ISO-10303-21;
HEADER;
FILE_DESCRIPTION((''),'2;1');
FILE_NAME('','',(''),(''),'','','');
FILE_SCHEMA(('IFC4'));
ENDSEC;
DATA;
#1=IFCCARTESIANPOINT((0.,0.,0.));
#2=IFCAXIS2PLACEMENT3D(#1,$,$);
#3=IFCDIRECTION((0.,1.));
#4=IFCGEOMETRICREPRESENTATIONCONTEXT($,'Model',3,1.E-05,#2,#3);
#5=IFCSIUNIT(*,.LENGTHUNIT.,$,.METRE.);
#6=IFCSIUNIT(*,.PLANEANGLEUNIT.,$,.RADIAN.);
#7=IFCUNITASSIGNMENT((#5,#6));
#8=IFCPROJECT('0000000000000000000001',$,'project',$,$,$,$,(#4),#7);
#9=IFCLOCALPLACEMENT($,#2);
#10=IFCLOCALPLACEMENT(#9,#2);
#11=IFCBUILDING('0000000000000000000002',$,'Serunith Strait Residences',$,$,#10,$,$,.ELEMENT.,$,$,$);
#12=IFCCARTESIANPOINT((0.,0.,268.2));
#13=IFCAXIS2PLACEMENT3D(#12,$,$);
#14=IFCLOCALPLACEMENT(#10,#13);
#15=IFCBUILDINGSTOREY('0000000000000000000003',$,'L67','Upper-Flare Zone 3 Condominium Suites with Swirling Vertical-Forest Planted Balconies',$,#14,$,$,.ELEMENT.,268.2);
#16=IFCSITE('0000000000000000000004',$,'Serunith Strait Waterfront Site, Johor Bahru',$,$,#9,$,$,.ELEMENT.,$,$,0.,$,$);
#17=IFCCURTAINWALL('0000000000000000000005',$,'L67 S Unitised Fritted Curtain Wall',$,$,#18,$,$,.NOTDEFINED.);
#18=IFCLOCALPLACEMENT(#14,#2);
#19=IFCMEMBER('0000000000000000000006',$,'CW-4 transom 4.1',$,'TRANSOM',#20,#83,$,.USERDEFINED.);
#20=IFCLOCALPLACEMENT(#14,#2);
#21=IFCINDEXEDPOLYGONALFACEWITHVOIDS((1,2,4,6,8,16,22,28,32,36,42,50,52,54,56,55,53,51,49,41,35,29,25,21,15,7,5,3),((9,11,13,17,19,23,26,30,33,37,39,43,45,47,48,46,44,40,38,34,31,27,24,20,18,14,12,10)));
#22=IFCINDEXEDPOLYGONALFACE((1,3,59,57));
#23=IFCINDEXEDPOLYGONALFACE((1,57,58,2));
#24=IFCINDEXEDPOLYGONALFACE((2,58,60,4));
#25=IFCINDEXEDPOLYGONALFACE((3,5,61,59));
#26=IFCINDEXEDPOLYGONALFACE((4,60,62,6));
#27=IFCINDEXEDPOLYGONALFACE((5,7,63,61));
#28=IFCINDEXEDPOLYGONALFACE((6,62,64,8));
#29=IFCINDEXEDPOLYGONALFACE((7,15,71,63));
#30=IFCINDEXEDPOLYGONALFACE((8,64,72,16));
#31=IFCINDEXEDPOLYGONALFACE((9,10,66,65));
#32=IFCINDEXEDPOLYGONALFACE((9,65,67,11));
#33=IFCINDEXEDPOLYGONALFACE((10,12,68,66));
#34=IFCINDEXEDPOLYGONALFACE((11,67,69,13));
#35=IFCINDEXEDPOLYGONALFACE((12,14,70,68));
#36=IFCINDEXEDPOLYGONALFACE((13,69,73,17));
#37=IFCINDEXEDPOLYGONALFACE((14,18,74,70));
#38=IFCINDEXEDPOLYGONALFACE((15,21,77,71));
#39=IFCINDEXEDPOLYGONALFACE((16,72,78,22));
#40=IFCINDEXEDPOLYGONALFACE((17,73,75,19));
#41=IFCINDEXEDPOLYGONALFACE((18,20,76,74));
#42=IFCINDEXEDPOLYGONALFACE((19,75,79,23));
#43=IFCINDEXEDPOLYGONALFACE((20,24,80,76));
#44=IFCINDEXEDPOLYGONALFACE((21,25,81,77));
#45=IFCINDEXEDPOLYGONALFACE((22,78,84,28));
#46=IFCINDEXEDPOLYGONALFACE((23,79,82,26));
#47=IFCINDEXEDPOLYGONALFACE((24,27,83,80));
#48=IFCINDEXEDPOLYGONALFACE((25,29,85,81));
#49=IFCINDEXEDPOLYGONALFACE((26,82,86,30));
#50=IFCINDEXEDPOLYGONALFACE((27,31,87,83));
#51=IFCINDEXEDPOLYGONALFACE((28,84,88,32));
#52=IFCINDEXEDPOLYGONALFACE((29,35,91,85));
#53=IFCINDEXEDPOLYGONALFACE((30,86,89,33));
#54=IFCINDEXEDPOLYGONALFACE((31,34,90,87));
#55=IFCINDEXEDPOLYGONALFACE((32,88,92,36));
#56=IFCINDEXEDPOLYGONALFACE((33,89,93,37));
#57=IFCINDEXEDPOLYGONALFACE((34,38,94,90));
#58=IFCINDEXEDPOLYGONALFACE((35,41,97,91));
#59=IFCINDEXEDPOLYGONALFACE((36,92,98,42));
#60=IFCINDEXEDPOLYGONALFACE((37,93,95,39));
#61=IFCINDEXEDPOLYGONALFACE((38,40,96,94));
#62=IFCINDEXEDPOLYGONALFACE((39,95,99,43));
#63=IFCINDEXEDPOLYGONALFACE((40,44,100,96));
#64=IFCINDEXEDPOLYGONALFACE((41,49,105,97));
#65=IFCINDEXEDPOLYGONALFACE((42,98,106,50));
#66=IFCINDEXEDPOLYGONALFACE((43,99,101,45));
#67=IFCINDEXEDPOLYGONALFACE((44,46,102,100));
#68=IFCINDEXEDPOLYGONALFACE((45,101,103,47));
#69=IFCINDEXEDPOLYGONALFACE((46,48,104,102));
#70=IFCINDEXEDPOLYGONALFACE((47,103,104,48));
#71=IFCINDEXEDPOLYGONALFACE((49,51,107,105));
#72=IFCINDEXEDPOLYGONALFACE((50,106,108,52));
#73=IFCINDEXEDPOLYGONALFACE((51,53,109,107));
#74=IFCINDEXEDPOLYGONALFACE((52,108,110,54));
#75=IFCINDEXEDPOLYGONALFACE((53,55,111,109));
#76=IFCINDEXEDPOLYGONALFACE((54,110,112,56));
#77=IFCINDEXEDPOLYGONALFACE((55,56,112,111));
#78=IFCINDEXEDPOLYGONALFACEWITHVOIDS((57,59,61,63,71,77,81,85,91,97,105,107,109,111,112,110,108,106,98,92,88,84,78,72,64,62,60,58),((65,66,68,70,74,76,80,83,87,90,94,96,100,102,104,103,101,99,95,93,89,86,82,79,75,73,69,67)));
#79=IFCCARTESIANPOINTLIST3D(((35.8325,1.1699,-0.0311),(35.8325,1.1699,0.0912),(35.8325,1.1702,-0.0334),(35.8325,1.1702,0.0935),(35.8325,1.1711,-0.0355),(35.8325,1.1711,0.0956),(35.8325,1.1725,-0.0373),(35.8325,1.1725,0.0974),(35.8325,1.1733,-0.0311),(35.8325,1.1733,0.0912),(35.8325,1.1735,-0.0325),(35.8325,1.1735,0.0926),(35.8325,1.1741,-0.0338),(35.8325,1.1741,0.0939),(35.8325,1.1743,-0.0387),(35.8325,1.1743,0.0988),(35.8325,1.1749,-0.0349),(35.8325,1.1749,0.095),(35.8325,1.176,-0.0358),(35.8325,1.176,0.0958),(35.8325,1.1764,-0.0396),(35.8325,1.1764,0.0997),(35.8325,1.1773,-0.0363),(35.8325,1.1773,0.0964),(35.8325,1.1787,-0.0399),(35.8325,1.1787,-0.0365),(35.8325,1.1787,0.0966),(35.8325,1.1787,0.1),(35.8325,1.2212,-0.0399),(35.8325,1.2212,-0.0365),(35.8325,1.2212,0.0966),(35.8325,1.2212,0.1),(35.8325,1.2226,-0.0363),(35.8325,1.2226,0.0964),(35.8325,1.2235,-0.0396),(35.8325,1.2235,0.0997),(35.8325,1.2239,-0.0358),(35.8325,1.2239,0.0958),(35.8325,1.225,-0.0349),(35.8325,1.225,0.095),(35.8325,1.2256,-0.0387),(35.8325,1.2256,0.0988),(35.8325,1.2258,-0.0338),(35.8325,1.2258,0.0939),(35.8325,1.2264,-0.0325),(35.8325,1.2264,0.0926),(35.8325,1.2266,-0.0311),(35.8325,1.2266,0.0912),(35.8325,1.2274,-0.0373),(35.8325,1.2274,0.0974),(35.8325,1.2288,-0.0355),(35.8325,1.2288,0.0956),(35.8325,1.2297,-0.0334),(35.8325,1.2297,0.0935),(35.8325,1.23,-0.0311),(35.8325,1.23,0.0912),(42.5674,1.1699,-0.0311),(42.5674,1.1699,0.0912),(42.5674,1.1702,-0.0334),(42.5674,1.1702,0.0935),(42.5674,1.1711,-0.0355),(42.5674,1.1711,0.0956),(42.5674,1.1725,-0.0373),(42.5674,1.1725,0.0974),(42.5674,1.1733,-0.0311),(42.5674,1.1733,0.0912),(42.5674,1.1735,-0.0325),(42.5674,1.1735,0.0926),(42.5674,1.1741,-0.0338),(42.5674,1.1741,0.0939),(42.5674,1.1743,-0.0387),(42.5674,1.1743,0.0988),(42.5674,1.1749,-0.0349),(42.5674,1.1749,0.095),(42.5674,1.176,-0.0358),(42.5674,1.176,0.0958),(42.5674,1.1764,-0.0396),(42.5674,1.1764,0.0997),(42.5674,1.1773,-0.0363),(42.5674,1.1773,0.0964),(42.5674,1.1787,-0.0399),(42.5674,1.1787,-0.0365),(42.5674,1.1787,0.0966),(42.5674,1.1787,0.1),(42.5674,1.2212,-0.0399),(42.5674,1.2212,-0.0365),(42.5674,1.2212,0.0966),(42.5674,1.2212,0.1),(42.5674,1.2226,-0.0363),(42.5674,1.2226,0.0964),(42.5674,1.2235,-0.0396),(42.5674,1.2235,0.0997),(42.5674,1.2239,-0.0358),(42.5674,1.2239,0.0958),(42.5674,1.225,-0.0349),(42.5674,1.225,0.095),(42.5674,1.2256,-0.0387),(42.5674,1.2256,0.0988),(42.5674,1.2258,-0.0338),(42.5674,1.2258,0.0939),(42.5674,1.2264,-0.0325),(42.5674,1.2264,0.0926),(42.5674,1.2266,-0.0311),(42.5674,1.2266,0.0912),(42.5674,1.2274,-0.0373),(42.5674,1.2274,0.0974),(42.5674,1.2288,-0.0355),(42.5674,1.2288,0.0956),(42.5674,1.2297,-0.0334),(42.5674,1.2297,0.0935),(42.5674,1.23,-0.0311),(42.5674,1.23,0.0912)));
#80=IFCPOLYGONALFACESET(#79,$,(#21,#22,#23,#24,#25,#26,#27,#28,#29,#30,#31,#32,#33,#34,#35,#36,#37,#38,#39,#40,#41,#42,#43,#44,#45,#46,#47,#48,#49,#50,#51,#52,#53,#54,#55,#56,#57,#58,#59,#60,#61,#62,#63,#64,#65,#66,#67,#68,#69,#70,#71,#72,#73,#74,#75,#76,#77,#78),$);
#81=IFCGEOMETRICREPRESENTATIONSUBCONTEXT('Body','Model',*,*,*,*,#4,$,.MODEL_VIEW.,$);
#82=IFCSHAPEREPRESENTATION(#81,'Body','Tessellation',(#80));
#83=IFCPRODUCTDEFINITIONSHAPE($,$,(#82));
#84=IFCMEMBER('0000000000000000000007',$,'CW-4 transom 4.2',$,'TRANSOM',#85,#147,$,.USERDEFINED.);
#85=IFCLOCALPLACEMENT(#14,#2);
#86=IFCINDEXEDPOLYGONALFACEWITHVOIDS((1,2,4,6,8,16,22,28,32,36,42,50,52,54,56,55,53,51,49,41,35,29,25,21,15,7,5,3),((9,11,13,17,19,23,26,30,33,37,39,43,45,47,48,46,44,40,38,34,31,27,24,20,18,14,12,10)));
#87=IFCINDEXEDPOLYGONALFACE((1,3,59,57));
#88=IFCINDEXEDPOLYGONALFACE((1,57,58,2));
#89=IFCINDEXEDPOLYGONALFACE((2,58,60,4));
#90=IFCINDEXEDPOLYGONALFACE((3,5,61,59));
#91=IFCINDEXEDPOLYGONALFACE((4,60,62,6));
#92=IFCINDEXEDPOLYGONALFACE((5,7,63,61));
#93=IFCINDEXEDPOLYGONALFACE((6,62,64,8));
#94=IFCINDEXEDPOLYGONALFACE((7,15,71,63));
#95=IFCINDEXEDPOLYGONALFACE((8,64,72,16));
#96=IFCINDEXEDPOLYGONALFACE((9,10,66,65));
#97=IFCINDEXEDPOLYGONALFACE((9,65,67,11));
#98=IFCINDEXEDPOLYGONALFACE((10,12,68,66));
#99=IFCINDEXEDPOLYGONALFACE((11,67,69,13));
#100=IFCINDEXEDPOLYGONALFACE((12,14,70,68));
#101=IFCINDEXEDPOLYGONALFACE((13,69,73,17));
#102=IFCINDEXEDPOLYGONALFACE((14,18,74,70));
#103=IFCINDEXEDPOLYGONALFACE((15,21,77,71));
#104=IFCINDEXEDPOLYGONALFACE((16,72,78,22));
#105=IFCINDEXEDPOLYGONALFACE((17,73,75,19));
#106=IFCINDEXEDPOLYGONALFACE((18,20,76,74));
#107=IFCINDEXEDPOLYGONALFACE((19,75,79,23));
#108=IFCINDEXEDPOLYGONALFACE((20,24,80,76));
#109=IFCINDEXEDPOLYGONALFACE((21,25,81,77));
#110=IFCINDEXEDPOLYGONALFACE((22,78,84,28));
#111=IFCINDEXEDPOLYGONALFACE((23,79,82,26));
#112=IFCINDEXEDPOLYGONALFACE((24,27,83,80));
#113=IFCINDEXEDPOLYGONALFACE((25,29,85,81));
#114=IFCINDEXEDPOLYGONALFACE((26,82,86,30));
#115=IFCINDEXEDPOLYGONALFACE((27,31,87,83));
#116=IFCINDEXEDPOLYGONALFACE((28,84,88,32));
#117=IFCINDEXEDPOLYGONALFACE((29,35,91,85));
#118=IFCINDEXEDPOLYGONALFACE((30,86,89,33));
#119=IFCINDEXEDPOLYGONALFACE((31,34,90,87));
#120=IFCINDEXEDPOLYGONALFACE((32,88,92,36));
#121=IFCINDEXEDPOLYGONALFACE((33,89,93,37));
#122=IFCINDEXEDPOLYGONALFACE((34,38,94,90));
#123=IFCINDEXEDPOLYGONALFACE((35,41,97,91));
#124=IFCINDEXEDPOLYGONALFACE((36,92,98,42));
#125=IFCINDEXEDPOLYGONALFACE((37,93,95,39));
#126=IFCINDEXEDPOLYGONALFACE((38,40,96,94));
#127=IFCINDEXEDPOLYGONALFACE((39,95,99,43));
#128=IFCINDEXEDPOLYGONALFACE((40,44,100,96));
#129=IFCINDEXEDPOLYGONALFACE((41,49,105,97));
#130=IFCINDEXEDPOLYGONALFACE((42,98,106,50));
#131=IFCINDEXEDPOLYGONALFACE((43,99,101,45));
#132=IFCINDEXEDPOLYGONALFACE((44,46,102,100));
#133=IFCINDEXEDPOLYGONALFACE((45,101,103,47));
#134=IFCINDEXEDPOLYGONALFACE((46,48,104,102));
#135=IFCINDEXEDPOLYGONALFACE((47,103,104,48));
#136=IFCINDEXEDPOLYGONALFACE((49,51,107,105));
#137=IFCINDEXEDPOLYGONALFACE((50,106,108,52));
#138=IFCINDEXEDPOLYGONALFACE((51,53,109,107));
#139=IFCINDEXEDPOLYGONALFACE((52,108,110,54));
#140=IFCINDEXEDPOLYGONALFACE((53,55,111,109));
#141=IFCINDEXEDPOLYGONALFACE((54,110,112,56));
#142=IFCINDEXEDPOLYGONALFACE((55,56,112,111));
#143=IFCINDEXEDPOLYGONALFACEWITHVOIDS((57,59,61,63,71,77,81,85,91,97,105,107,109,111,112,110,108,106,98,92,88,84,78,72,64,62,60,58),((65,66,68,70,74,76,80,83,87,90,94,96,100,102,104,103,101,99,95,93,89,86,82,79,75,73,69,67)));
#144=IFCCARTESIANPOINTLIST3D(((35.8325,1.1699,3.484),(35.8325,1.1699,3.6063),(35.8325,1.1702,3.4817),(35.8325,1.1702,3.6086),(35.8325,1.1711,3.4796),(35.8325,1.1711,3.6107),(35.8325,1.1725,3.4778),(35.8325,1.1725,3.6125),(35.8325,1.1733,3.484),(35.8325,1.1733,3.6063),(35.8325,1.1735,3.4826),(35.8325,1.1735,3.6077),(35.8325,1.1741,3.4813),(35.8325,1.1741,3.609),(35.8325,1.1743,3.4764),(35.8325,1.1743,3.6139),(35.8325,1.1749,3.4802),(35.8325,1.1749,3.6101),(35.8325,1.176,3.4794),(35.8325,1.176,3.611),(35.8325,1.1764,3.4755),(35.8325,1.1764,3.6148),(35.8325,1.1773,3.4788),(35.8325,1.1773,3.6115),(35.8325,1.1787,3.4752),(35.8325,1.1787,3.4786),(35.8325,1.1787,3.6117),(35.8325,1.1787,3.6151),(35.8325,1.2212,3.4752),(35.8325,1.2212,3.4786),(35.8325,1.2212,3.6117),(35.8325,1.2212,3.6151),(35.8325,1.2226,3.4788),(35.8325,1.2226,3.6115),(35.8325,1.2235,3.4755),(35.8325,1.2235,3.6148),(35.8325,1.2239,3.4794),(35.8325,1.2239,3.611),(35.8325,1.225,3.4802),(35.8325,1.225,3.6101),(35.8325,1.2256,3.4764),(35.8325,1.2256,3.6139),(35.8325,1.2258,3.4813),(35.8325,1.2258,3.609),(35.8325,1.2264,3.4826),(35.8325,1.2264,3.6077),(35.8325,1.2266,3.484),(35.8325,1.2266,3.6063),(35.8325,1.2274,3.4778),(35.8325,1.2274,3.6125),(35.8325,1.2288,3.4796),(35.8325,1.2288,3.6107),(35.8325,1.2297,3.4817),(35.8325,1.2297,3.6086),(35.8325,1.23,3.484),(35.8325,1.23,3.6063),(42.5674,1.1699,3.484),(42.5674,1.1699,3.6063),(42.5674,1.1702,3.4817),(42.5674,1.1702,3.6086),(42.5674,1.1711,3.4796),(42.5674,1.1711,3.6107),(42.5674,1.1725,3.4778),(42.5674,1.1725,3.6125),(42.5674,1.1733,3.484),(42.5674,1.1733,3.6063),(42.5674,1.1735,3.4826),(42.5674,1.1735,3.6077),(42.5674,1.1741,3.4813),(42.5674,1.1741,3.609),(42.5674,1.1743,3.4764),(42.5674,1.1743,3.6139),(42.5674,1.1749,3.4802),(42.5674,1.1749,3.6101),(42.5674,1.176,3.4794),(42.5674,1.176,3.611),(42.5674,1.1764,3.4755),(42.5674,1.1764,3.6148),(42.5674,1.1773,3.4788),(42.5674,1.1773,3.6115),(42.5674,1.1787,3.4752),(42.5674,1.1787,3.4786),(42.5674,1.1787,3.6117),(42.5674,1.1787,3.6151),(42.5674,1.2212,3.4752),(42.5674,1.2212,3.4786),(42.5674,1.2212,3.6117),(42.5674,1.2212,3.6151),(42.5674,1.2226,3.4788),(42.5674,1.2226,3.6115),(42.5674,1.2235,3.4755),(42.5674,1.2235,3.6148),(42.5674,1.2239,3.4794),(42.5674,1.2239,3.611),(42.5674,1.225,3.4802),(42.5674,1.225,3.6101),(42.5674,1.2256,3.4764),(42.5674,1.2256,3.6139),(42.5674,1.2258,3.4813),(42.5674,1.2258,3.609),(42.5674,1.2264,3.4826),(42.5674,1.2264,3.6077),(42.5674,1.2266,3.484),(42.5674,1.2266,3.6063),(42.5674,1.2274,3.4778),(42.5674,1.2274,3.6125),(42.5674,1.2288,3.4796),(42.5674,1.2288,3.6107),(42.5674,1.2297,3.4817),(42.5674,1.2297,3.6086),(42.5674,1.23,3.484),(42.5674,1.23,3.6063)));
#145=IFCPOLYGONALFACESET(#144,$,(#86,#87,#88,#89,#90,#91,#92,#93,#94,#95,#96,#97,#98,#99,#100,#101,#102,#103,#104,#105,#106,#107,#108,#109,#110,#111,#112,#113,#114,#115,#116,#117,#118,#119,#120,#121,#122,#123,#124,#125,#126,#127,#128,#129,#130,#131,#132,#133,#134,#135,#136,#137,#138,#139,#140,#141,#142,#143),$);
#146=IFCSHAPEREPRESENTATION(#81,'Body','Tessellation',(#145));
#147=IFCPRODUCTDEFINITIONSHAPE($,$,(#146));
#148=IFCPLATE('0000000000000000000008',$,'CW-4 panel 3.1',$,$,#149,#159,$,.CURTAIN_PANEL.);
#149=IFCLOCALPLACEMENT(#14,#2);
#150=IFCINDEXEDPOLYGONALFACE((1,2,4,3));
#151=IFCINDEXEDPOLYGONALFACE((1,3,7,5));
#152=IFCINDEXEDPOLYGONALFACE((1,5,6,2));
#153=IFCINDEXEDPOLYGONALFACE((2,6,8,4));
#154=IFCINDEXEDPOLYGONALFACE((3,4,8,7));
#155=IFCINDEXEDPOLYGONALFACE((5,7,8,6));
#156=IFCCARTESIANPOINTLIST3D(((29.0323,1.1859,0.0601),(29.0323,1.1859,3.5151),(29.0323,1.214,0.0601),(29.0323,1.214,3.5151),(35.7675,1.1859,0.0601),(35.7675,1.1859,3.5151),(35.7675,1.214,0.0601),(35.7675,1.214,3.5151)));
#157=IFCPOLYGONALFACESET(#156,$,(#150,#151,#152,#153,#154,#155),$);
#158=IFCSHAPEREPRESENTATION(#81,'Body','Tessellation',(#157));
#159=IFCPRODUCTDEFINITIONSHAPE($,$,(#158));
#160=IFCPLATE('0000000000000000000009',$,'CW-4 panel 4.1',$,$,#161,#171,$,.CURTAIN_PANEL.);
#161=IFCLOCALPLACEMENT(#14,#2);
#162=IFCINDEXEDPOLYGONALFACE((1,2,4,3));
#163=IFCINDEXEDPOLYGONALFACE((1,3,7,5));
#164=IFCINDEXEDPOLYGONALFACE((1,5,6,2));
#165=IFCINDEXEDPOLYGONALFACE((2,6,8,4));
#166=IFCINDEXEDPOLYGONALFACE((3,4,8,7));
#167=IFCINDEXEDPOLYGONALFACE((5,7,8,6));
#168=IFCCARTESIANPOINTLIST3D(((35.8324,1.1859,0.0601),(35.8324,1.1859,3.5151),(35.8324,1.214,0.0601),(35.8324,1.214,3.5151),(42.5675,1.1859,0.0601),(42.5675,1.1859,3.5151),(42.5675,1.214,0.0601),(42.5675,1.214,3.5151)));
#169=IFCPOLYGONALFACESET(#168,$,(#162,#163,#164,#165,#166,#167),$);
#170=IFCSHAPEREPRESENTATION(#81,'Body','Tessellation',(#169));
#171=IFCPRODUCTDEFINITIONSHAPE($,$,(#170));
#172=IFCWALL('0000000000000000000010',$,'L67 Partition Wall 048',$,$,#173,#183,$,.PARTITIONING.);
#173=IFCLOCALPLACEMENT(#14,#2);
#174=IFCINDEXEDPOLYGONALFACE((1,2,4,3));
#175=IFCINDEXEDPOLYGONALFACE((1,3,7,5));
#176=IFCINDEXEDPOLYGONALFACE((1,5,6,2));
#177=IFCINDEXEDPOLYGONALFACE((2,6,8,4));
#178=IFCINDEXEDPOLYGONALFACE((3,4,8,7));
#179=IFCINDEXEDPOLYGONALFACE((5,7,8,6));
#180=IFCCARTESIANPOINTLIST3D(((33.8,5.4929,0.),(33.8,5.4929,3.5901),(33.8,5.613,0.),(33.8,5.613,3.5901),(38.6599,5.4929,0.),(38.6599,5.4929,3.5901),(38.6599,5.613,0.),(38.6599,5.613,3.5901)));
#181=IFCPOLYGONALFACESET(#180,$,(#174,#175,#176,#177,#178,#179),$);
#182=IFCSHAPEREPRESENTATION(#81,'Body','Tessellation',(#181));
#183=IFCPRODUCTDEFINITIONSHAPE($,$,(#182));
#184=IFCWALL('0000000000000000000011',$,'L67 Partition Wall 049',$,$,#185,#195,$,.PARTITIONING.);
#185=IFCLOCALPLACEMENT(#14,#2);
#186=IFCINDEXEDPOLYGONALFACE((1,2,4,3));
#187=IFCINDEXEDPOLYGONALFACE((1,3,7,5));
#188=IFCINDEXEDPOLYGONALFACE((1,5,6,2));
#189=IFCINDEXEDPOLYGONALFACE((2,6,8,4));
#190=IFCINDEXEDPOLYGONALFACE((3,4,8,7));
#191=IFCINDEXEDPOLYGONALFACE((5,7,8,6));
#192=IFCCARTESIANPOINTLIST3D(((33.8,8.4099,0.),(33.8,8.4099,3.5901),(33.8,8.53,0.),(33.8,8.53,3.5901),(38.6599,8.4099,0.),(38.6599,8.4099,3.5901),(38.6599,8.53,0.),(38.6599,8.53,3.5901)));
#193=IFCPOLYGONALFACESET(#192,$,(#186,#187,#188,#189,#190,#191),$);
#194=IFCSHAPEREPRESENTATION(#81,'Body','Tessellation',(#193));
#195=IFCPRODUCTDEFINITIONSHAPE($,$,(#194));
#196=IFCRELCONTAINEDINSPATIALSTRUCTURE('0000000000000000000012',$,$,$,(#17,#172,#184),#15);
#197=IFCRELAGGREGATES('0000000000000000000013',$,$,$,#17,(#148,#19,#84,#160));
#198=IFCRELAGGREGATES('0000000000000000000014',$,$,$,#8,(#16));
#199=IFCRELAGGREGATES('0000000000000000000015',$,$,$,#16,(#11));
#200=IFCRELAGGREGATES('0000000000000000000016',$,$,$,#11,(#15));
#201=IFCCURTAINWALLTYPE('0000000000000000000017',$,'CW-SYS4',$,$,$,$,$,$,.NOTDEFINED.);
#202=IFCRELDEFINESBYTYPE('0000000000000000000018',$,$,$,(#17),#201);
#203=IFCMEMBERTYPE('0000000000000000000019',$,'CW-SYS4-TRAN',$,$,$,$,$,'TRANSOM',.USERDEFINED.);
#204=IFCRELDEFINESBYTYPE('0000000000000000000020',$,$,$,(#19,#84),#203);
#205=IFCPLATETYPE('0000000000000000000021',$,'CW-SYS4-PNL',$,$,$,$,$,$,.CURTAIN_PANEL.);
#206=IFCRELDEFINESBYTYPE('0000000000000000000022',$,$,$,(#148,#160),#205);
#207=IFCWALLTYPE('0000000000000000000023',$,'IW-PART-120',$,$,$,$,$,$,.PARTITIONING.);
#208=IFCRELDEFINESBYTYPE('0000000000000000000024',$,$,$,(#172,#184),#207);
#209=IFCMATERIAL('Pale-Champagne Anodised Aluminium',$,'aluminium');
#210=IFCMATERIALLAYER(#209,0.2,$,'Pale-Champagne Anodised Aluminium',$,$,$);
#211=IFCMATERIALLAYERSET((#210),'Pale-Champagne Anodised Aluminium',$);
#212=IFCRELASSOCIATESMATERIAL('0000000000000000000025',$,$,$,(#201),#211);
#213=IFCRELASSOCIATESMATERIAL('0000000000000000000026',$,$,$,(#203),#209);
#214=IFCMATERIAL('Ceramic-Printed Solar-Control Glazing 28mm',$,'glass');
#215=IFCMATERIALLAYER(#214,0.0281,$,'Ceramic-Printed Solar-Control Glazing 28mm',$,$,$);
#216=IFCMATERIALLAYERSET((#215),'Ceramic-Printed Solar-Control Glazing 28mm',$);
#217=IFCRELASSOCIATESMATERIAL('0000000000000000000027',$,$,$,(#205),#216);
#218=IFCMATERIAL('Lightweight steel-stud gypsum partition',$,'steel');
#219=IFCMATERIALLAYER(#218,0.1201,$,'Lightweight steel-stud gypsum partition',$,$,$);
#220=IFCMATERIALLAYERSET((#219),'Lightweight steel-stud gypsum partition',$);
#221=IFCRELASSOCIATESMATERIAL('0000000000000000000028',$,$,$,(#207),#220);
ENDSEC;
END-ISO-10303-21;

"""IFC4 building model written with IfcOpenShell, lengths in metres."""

from ifc_helpers import new_model, si_unit, direction, frame, frame_2d, origin, origin_2d, place, context, subcontext, project, spatial, rectangle, hollow_rectangle, extrude, source, transform, mapped, material, layer, layer_set, material_profile, profile_set, type_object, element, aggregate, save


model = new_model("IFC4")

# Units and contexts
model_context = context("Model", 3, precision=1e-05, world=origin(), true_north=direction((0.0, 1.0)))
body_context = subcontext(model_context, "Body", "Model", "MODEL_VIEW")
ifc_project = project(units=[si_unit("LENGTHUNIT", "METRE"), si_unit("PLANEANGLEUNIT", "RADIAN")], contexts=[model_context])

# Site, building, storey
site_placement = place(None, origin())
site = spatial("IfcSite", under=ifc_project, at=site_placement, Name="Serunith Strait Waterfront Site, Johor Bahru", CompositionType="ELEMENT", RefElevation=0.0)
building_placement = place(site_placement, origin())
building = spatial("IfcBuilding", under=site, at=building_placement, Name="Serunith Strait Residences", CompositionType="ELEMENT")
storey_placement = place(building_placement, frame((0.0, 0.0, 268.2)))
storey = spatial("IfcBuildingStorey", under=building, at=storey_placement, Name="L67", Description="Upper-Flare Zone 3 Condominium Suites with Swirling Vertical-Forest Planted Balconies", CompositionType="ELEMENT", Elevation=268.2)

# Curtain wall, members, plates
ifc_material_1 = material(Name="Pale-Champagne Anodised Aluminium", Category="aluminium")
ifc_layer_1 = layer(ifc_material_1, 0.2, Name="Pale-Champagne Anodised Aluminium")
ifc_layer_set_1 = layer_set([ifc_layer_1], Name="Pale-Champagne Anodised Aluminium")
curtain_wall_type = type_object("IfcCurtainWallType", Name="CW-SYS4", PredefinedType="NOTDEFINED", material=ifc_layer_set_1)
curtain_wall_placement = place(storey_placement, origin())
curtain_wall = element("IfcCurtainWall", 1, at=curtain_wall_placement, inside=storey, type_object=curtain_wall_type, Name="L67 S Unitised Fritted Curtain Wall", PredefinedType="NOTDEFINED")
ifc_material_profile_1 = material_profile(ifc_material_1, hollow_rectangle(XDim=0.0601, YDim=0.1399, WallThickness=0.0034, InnerFilletRadius=0.0054, OuterFilletRadius=0.0088, at=origin_2d()), Name="ALU 140x60x3.5")
ifc_profile_set_1 = profile_set([ifc_material_profile_1], Name="Pale-Champagne Anodised Aluminium")
member_type_1 = type_object("IfcMemberType", Name="CW-SYS4-TRAN", ElementType="TRANSOM", PredefinedType="USERDEFINED", material=ifc_profile_set_1)
shared_shape_1 = source(origin(), body_context, "Body", "SweptSolid", [
    extrude(hollow_rectangle(XDim=0.0601, YDim=0.1399, WallThickness=0.0034, InnerFilletRadius=0.0054, OuterFilletRadius=0.0088, at=origin_2d()), origin(), (0.0, 0.0, 1.0), 6.7349),
])
member_1_placement = place(storey_placement, frame((35.8325, 1.2, 0.03), z_axis=(1.0, 0.0, 0.0), x_axis=(0.0, 1.0, 0.0)))
member_1 = element("IfcMember", 2, at=member_1_placement, type_object=member_type_1, Name="CW-4 transom 4.1", ObjectType="TRANSOM", PredefinedType="USERDEFINED", context=body_context, shape_type="MappedRepresentation", body=[
    mapped(shared_shape_1, transform((0.0, 0.0, 0.0), scale=1.0)),
])
member_2_placement = place(storey_placement, frame((35.8325, 1.2, 3.5452), z_axis=(1.0, 0.0, 0.0), x_axis=(0.0, 1.0, 0.0)))
member_2 = element("IfcMember", 3, at=member_2_placement, type_object=member_type_1, Name="CW-4 transom 4.2", ObjectType="TRANSOM", PredefinedType="USERDEFINED", context=body_context, shape_type="MappedRepresentation", body=[
    mapped(shared_shape_1, transform((0.0, 0.0, 0.0), scale=1.0)),
])
ifc_material_2 = material(Name="Ceramic-Printed Solar-Control Glazing 28mm", Category="glass")
ifc_layer_2 = layer(ifc_material_2, 0.0281, Name="Ceramic-Printed Solar-Control Glazing 28mm")
ifc_layer_set_2 = layer_set([ifc_layer_2], Name="Ceramic-Printed Solar-Control Glazing 28mm")
plate_type = type_object("IfcPlateType", Name="CW-SYS4-PNL", PredefinedType="CURTAIN_PANEL", material=ifc_layer_set_2)
shared_shape_2 = source(origin(), body_context, "Body", "SweptSolid", [
    extrude(rectangle(XDim=6.7351, YDim=0.0281, at=origin_2d()), origin(), (0.0, 0.0, 1.0), 3.4551),
])
plate_1_placement = place(storey_placement, frame((32.3999, 1.2, 0.0601), z_axis=(0.0, 0.0, 1.0), x_axis=(1.0, 0.0, 0.0)))
plate_1 = element("IfcPlate", 4, at=plate_1_placement, type_object=plate_type, Name="CW-4 panel 3.1", PredefinedType="CURTAIN_PANEL", context=body_context, shape_type="MappedRepresentation", body=[
    mapped(shared_shape_2, transform((0.0, 0.0, 0.0), scale=1.0)),
])
plate_2_placement = place(storey_placement, frame((39.2, 1.2, 0.0601), z_axis=(0.0, 0.0, 1.0), x_axis=(1.0, 0.0, 0.0)))
plate_2 = element("IfcPlate", 5, at=plate_2_placement, type_object=plate_type, Name="CW-4 panel 4.1", PredefinedType="CURTAIN_PANEL", context=body_context, shape_type="MappedRepresentation", body=[
    mapped(shared_shape_2, transform((0.0, 0.0, 0.0), scale=1.0)),
])
aggregate(curtain_wall, [plate_1, member_1, member_2, plate_2])

# Walls
ifc_material_3 = material(Name="Lightweight steel-stud gypsum partition", Category="steel")
ifc_layer_3 = layer(ifc_material_3, 0.1201, Name="Lightweight steel-stud gypsum partition")
ifc_layer_set_3 = layer_set([ifc_layer_3], Name="Lightweight steel-stud gypsum partition")
wall_type_1 = type_object("IfcWallType", Name="IW-PART-120", PredefinedType="PARTITIONING", material=ifc_layer_set_3)
for number, where, z_axis, x_axis, name in (
    (6, (33.8, 5.553, 0.0), (0.0, 0.0, 1.0), (1.0, 0.0, 0.0), "L67 Partition Wall 048"),
    (7, (33.8, 8.47, 0.0), (0.0, 0.0, 1.0), (1.0, 0.0, 0.0), "L67 Partition Wall 049"),
):
    element("IfcWall", number, at=place(storey_placement, frame(where, z_axis=z_axis, x_axis=x_axis)), inside=storey, type_object=wall_type_1, Name=name, PredefinedType="PARTITIONING", context=body_context, shape_type="SweptSolid", body=[
        extrude(rectangle(XDim=4.8599, YDim=0.1201, at=frame_2d((2.4299, 0.0))), origin(), (0.0, 0.0, 1.0), 3.5901),
    ])

save(model, "model.ifc")
